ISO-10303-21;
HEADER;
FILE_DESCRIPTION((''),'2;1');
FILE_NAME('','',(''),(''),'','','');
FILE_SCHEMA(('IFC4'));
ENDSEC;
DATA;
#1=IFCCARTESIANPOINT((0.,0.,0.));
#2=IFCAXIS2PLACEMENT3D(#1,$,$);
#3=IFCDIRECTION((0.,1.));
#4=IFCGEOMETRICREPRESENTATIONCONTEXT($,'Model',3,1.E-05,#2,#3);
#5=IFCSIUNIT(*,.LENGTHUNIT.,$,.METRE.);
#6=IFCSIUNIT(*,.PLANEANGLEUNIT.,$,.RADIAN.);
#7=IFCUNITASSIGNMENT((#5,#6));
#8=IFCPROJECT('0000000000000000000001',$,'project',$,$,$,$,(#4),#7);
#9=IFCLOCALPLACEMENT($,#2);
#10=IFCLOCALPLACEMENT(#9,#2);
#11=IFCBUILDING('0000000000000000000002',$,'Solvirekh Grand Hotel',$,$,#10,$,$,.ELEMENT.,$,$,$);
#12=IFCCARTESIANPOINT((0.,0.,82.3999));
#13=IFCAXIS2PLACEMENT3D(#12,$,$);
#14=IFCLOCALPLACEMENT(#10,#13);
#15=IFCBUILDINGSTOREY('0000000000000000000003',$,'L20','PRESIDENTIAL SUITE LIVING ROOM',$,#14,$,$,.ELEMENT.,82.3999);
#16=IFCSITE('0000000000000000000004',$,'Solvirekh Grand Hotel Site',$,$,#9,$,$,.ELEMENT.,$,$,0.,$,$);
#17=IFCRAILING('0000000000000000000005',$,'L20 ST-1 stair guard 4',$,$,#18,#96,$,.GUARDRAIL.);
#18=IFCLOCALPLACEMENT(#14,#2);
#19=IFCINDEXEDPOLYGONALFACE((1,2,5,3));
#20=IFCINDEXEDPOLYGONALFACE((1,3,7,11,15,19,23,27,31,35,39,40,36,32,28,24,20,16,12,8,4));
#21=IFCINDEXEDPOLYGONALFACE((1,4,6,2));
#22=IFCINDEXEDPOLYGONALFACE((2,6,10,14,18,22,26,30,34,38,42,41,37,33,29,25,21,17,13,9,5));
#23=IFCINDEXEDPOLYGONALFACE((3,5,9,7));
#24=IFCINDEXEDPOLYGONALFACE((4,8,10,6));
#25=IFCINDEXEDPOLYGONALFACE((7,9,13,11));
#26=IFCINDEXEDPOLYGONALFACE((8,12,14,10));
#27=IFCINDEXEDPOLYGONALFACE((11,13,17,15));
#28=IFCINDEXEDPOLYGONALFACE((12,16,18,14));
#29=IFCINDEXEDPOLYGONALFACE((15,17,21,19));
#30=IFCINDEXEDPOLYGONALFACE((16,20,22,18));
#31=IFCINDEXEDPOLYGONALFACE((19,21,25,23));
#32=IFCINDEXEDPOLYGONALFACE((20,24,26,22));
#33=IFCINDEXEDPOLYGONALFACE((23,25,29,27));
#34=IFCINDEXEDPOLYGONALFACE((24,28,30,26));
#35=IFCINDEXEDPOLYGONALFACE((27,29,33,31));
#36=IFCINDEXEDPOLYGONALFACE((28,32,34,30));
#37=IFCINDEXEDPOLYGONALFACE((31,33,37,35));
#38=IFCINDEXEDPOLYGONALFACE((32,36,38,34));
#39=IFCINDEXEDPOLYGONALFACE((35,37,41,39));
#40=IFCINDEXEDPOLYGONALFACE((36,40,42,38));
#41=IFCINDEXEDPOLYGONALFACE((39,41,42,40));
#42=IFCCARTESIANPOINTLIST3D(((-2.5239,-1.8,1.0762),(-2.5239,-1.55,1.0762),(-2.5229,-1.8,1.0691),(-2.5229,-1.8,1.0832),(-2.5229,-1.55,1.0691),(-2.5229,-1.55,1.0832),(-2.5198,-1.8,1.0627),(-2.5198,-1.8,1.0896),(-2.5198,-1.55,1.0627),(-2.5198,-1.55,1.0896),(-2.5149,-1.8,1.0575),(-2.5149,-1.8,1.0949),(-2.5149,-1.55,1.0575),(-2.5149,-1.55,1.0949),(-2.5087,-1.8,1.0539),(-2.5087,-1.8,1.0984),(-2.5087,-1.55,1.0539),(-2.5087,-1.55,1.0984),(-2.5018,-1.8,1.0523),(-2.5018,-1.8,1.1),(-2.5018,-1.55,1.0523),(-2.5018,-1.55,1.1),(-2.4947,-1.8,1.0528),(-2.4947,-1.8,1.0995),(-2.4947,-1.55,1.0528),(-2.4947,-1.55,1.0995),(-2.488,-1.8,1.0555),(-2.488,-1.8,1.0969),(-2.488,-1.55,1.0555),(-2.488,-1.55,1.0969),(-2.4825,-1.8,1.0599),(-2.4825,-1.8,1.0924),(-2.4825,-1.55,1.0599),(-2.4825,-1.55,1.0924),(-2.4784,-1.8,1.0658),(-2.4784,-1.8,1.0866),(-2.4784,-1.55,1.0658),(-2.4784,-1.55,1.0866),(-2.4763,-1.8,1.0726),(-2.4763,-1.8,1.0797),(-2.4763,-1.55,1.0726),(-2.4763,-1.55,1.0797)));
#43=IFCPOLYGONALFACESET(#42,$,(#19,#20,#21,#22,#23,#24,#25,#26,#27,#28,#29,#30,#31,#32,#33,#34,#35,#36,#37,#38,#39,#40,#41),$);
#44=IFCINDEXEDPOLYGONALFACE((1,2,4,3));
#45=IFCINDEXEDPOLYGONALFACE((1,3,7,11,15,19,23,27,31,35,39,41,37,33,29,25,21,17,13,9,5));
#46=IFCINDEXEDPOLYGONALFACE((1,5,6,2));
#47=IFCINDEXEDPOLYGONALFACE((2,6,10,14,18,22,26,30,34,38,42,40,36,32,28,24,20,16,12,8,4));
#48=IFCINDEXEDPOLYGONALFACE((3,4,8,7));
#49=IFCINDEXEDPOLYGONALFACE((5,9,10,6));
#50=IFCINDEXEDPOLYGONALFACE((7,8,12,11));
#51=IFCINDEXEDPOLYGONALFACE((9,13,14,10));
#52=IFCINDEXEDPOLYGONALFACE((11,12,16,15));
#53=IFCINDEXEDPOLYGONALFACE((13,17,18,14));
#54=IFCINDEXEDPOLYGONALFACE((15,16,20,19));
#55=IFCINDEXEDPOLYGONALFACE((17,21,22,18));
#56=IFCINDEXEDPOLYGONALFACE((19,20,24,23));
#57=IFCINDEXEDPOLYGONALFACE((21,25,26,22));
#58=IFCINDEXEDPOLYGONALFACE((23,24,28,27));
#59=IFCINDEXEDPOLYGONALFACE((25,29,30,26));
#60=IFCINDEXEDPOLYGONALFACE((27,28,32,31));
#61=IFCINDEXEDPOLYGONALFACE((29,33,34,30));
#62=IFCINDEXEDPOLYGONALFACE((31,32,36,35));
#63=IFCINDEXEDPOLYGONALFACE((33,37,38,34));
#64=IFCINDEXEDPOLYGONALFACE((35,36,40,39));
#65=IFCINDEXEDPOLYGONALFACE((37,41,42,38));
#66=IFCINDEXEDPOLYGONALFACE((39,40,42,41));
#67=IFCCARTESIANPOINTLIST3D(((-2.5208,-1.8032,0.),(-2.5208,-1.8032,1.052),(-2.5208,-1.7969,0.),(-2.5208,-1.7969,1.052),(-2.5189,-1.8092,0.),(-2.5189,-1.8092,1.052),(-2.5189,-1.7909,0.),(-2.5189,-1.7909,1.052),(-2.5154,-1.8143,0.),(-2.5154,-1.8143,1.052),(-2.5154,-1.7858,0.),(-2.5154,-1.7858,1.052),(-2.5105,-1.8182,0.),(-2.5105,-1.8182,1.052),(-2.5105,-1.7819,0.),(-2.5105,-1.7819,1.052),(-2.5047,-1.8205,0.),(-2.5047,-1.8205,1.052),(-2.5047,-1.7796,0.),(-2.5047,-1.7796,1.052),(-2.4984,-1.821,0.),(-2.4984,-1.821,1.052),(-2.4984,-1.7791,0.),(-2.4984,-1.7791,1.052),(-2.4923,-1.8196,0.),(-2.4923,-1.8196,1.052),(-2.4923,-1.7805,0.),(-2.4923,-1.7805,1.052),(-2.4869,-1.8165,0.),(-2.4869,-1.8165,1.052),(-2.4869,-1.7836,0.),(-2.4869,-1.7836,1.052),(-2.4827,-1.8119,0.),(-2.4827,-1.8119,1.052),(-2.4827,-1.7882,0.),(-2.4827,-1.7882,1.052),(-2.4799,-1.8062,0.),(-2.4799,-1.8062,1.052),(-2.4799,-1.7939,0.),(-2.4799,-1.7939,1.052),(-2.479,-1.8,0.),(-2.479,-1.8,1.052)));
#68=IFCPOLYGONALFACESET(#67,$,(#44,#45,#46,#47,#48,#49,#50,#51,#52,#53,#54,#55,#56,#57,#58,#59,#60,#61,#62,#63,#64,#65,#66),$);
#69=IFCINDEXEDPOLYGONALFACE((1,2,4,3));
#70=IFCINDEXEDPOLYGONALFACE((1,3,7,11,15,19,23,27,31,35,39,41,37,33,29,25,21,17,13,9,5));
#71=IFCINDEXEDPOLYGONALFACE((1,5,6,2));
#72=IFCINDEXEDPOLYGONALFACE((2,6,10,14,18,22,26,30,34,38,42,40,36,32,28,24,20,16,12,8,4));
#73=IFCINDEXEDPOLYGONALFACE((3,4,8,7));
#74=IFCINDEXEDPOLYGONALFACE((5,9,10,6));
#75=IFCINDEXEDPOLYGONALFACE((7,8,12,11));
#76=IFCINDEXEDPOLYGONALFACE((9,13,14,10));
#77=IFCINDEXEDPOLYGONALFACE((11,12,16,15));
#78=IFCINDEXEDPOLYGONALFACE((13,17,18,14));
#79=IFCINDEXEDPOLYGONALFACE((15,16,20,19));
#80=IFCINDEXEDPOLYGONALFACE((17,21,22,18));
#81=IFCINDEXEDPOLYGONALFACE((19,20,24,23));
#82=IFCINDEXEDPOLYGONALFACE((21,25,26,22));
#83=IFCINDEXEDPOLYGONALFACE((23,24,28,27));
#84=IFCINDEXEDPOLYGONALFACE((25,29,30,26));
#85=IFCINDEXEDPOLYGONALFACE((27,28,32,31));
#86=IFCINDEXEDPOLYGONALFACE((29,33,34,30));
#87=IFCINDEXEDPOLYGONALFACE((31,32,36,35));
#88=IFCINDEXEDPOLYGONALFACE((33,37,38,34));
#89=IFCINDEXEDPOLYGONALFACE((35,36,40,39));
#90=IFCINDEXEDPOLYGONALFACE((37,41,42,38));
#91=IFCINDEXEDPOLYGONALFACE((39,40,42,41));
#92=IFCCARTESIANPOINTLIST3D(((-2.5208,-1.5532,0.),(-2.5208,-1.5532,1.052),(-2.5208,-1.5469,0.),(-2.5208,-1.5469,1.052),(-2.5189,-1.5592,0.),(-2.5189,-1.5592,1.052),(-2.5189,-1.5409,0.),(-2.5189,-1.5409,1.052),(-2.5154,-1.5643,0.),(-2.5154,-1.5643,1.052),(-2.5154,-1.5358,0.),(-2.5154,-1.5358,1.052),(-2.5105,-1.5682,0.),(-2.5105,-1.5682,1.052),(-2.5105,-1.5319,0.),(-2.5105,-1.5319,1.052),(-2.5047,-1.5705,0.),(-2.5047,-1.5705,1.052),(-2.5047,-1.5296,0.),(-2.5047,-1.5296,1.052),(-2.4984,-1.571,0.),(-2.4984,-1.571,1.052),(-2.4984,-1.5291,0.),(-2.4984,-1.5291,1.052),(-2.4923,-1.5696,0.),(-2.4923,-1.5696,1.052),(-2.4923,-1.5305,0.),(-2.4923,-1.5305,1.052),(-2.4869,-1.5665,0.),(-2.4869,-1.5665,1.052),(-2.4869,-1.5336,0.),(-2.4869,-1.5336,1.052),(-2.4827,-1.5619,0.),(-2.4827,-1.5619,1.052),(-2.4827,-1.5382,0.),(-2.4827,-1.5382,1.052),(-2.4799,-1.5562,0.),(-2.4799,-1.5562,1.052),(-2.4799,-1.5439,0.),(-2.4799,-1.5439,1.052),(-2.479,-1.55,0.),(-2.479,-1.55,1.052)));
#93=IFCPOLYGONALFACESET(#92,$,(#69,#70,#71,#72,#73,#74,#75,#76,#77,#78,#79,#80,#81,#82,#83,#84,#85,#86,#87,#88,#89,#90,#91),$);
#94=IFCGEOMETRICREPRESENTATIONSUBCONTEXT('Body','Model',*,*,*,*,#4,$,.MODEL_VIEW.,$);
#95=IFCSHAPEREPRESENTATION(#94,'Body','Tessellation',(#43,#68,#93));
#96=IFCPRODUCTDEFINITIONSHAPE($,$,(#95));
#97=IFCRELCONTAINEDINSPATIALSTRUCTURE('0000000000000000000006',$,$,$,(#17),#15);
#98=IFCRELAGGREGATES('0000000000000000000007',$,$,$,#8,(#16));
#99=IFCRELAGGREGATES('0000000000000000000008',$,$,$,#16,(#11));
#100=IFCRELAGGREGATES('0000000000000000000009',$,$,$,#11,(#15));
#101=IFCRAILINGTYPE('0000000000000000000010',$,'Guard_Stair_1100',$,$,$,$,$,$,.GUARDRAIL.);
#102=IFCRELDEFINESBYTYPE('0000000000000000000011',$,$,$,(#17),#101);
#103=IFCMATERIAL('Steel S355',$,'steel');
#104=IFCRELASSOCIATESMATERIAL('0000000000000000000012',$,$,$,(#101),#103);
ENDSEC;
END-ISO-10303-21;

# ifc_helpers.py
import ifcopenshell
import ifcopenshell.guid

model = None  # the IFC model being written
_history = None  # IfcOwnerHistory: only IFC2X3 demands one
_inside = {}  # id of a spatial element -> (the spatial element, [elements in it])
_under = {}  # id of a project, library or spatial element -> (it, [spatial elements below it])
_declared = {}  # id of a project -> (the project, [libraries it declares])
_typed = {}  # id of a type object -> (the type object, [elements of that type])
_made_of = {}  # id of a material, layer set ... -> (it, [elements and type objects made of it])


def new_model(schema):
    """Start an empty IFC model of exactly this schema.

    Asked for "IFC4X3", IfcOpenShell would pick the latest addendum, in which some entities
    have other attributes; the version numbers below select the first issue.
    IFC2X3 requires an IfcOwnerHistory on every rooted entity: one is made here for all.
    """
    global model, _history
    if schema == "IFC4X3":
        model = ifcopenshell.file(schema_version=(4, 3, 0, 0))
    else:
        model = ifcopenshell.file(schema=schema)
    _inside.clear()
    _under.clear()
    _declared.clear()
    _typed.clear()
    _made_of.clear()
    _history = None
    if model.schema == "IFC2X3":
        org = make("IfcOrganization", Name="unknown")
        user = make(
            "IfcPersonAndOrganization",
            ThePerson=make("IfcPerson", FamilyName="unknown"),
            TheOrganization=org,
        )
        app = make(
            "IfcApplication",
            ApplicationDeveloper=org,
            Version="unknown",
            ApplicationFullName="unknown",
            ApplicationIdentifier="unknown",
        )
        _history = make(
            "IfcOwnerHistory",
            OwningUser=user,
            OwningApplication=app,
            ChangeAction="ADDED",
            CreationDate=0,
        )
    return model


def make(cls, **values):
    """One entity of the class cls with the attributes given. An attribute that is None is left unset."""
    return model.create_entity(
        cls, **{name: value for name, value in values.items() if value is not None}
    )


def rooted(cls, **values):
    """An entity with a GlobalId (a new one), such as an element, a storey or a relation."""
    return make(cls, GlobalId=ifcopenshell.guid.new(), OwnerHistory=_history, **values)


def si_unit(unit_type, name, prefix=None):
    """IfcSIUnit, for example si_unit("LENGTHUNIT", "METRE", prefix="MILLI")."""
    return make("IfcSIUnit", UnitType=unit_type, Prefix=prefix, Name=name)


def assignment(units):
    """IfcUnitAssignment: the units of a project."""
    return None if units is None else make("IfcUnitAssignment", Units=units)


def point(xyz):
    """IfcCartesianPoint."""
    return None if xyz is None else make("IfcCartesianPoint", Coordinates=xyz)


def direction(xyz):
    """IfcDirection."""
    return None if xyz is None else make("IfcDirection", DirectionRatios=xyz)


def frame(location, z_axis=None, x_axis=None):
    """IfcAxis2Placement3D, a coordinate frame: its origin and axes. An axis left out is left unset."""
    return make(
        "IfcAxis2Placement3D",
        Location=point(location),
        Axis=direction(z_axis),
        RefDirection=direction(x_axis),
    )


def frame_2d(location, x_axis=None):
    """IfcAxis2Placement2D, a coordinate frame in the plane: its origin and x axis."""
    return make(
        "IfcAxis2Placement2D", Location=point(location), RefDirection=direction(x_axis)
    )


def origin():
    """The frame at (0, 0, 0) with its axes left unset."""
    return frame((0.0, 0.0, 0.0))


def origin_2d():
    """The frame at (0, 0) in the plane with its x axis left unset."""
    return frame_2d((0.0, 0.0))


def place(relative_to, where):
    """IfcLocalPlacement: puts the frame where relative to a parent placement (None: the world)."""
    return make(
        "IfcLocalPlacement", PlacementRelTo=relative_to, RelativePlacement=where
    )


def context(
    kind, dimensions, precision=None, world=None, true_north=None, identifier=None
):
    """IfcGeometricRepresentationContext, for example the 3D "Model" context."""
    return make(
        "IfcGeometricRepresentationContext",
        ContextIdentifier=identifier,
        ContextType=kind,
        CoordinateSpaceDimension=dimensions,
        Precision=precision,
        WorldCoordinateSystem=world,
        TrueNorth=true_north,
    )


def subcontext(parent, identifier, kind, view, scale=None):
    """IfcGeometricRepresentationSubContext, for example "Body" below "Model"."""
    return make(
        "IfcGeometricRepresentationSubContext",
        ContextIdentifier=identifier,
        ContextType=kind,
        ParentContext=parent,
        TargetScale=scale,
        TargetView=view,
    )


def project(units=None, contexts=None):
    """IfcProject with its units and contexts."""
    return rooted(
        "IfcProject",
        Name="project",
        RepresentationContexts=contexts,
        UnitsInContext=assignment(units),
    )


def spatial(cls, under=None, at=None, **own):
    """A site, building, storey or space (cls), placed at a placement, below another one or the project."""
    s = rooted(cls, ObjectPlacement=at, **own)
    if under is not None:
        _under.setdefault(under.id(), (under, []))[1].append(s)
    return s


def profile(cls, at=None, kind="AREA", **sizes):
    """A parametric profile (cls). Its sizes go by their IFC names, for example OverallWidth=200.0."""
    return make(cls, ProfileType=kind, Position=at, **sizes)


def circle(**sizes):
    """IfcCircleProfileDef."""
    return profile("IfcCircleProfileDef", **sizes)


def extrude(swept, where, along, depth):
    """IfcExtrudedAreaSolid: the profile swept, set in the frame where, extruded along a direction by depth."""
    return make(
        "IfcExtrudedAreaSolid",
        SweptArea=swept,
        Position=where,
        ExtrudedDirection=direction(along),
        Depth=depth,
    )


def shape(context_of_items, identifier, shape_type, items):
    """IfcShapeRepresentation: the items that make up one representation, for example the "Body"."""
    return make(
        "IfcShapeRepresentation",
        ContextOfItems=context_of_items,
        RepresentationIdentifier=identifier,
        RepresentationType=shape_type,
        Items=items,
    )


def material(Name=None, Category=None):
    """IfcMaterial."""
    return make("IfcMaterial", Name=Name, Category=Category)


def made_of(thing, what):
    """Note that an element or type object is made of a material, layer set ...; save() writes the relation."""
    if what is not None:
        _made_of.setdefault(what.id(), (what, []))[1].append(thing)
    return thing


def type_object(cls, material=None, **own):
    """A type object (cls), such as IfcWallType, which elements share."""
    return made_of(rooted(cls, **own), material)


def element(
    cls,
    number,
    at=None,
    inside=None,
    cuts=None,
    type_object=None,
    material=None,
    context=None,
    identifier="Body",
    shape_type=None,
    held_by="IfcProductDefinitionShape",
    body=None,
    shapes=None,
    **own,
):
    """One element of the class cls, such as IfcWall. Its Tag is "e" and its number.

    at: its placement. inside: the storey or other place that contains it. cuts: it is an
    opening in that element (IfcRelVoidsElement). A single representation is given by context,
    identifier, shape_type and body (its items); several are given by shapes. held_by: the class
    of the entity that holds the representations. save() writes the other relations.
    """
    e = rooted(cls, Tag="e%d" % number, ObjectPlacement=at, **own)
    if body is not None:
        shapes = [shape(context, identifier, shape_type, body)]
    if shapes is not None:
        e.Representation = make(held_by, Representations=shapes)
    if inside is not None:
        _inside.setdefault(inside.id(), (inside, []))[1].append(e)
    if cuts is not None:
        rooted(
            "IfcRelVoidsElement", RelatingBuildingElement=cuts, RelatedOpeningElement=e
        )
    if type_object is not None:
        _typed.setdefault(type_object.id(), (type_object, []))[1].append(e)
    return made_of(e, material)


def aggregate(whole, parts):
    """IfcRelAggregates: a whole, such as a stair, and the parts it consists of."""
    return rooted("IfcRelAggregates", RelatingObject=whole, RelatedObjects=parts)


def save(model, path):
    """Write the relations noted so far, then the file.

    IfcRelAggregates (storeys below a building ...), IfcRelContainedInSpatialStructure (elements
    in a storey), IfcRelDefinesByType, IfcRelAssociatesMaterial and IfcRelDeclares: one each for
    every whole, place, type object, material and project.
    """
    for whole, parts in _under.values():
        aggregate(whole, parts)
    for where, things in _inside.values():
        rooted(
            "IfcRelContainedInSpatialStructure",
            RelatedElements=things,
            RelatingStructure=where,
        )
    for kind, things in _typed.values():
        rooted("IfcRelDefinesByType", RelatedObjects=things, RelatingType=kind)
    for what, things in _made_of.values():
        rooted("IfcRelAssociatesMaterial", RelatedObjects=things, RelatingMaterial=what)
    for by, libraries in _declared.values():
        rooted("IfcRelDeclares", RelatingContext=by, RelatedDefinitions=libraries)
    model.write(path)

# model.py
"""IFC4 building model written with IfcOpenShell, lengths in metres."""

from ifc_helpers import new_model, si_unit, direction, frame, origin, origin_2d, place, context, subcontext, project, spatial, circle, extrude, material, type_object, element, save


model = new_model("IFC4")

# Units and contexts
model_context = context("Model", 3, precision=1e-05, world=origin(), true_north=direction((0.0, 1.0)))
body_context = subcontext(model_context, "Body", "Model", "MODEL_VIEW")
ifc_project = project(units=[si_unit("LENGTHUNIT", "METRE"), si_unit("PLANEANGLEUNIT", "RADIAN")], contexts=[model_context])

# Site, building, storey
site_placement = place(None, origin())
site = spatial("IfcSite", under=ifc_project, at=site_placement, Name="Solvirekh Grand Hotel Site", CompositionType="ELEMENT", RefElevation=0.0)
building_placement = place(site_placement, origin())
building = spatial("IfcBuilding", under=site, at=building_placement, Name="Solvirekh Grand Hotel", CompositionType="ELEMENT")
storey_placement = place(building_placement, frame((0.0, 0.0, 82.3999)))
storey = spatial("IfcBuildingStorey", under=building, at=storey_placement, Name="L20", Description="PRESIDENTIAL SUITE LIVING ROOM", CompositionType="ELEMENT", Elevation=82.3999)

# Railing
ifc_material_1 = material(Name="Steel S355", Category="steel")
railing_type_1 = type_object("IfcRailingType", Name="Guard_Stair_1100", PredefinedType="GUARDRAIL", material=ifc_material_1)
railing_1_placement = place(storey_placement, frame((-2.5, -1.8, 0.0)))
element("IfcRailing", 1, at=railing_1_placement, inside=storey, type_object=railing_type_1, Name="L20 ST-1 stair guard 4", PredefinedType="GUARDRAIL", context=body_context, shape_type="SweptSolid", body=[
    extrude(circle(Radius=0.0239, at=origin_2d()), frame((0.0, 0.0, 1.0762), z_axis=(0.0, 1.0, 0.0), x_axis=(-1.0, 0.0, 0.0)), (0.0, 0.0, 1.0), 0.25),
    extrude(circle(Radius=0.021, at=origin_2d()), origin(), (0.0, 0.0, 1.0), 1.052),
    extrude(circle(Radius=0.021, at=origin_2d()), frame((0.0, 0.25, 0.0)), (0.0, 0.0, 1.0), 1.052),
])

save(model, "model.ifc")
